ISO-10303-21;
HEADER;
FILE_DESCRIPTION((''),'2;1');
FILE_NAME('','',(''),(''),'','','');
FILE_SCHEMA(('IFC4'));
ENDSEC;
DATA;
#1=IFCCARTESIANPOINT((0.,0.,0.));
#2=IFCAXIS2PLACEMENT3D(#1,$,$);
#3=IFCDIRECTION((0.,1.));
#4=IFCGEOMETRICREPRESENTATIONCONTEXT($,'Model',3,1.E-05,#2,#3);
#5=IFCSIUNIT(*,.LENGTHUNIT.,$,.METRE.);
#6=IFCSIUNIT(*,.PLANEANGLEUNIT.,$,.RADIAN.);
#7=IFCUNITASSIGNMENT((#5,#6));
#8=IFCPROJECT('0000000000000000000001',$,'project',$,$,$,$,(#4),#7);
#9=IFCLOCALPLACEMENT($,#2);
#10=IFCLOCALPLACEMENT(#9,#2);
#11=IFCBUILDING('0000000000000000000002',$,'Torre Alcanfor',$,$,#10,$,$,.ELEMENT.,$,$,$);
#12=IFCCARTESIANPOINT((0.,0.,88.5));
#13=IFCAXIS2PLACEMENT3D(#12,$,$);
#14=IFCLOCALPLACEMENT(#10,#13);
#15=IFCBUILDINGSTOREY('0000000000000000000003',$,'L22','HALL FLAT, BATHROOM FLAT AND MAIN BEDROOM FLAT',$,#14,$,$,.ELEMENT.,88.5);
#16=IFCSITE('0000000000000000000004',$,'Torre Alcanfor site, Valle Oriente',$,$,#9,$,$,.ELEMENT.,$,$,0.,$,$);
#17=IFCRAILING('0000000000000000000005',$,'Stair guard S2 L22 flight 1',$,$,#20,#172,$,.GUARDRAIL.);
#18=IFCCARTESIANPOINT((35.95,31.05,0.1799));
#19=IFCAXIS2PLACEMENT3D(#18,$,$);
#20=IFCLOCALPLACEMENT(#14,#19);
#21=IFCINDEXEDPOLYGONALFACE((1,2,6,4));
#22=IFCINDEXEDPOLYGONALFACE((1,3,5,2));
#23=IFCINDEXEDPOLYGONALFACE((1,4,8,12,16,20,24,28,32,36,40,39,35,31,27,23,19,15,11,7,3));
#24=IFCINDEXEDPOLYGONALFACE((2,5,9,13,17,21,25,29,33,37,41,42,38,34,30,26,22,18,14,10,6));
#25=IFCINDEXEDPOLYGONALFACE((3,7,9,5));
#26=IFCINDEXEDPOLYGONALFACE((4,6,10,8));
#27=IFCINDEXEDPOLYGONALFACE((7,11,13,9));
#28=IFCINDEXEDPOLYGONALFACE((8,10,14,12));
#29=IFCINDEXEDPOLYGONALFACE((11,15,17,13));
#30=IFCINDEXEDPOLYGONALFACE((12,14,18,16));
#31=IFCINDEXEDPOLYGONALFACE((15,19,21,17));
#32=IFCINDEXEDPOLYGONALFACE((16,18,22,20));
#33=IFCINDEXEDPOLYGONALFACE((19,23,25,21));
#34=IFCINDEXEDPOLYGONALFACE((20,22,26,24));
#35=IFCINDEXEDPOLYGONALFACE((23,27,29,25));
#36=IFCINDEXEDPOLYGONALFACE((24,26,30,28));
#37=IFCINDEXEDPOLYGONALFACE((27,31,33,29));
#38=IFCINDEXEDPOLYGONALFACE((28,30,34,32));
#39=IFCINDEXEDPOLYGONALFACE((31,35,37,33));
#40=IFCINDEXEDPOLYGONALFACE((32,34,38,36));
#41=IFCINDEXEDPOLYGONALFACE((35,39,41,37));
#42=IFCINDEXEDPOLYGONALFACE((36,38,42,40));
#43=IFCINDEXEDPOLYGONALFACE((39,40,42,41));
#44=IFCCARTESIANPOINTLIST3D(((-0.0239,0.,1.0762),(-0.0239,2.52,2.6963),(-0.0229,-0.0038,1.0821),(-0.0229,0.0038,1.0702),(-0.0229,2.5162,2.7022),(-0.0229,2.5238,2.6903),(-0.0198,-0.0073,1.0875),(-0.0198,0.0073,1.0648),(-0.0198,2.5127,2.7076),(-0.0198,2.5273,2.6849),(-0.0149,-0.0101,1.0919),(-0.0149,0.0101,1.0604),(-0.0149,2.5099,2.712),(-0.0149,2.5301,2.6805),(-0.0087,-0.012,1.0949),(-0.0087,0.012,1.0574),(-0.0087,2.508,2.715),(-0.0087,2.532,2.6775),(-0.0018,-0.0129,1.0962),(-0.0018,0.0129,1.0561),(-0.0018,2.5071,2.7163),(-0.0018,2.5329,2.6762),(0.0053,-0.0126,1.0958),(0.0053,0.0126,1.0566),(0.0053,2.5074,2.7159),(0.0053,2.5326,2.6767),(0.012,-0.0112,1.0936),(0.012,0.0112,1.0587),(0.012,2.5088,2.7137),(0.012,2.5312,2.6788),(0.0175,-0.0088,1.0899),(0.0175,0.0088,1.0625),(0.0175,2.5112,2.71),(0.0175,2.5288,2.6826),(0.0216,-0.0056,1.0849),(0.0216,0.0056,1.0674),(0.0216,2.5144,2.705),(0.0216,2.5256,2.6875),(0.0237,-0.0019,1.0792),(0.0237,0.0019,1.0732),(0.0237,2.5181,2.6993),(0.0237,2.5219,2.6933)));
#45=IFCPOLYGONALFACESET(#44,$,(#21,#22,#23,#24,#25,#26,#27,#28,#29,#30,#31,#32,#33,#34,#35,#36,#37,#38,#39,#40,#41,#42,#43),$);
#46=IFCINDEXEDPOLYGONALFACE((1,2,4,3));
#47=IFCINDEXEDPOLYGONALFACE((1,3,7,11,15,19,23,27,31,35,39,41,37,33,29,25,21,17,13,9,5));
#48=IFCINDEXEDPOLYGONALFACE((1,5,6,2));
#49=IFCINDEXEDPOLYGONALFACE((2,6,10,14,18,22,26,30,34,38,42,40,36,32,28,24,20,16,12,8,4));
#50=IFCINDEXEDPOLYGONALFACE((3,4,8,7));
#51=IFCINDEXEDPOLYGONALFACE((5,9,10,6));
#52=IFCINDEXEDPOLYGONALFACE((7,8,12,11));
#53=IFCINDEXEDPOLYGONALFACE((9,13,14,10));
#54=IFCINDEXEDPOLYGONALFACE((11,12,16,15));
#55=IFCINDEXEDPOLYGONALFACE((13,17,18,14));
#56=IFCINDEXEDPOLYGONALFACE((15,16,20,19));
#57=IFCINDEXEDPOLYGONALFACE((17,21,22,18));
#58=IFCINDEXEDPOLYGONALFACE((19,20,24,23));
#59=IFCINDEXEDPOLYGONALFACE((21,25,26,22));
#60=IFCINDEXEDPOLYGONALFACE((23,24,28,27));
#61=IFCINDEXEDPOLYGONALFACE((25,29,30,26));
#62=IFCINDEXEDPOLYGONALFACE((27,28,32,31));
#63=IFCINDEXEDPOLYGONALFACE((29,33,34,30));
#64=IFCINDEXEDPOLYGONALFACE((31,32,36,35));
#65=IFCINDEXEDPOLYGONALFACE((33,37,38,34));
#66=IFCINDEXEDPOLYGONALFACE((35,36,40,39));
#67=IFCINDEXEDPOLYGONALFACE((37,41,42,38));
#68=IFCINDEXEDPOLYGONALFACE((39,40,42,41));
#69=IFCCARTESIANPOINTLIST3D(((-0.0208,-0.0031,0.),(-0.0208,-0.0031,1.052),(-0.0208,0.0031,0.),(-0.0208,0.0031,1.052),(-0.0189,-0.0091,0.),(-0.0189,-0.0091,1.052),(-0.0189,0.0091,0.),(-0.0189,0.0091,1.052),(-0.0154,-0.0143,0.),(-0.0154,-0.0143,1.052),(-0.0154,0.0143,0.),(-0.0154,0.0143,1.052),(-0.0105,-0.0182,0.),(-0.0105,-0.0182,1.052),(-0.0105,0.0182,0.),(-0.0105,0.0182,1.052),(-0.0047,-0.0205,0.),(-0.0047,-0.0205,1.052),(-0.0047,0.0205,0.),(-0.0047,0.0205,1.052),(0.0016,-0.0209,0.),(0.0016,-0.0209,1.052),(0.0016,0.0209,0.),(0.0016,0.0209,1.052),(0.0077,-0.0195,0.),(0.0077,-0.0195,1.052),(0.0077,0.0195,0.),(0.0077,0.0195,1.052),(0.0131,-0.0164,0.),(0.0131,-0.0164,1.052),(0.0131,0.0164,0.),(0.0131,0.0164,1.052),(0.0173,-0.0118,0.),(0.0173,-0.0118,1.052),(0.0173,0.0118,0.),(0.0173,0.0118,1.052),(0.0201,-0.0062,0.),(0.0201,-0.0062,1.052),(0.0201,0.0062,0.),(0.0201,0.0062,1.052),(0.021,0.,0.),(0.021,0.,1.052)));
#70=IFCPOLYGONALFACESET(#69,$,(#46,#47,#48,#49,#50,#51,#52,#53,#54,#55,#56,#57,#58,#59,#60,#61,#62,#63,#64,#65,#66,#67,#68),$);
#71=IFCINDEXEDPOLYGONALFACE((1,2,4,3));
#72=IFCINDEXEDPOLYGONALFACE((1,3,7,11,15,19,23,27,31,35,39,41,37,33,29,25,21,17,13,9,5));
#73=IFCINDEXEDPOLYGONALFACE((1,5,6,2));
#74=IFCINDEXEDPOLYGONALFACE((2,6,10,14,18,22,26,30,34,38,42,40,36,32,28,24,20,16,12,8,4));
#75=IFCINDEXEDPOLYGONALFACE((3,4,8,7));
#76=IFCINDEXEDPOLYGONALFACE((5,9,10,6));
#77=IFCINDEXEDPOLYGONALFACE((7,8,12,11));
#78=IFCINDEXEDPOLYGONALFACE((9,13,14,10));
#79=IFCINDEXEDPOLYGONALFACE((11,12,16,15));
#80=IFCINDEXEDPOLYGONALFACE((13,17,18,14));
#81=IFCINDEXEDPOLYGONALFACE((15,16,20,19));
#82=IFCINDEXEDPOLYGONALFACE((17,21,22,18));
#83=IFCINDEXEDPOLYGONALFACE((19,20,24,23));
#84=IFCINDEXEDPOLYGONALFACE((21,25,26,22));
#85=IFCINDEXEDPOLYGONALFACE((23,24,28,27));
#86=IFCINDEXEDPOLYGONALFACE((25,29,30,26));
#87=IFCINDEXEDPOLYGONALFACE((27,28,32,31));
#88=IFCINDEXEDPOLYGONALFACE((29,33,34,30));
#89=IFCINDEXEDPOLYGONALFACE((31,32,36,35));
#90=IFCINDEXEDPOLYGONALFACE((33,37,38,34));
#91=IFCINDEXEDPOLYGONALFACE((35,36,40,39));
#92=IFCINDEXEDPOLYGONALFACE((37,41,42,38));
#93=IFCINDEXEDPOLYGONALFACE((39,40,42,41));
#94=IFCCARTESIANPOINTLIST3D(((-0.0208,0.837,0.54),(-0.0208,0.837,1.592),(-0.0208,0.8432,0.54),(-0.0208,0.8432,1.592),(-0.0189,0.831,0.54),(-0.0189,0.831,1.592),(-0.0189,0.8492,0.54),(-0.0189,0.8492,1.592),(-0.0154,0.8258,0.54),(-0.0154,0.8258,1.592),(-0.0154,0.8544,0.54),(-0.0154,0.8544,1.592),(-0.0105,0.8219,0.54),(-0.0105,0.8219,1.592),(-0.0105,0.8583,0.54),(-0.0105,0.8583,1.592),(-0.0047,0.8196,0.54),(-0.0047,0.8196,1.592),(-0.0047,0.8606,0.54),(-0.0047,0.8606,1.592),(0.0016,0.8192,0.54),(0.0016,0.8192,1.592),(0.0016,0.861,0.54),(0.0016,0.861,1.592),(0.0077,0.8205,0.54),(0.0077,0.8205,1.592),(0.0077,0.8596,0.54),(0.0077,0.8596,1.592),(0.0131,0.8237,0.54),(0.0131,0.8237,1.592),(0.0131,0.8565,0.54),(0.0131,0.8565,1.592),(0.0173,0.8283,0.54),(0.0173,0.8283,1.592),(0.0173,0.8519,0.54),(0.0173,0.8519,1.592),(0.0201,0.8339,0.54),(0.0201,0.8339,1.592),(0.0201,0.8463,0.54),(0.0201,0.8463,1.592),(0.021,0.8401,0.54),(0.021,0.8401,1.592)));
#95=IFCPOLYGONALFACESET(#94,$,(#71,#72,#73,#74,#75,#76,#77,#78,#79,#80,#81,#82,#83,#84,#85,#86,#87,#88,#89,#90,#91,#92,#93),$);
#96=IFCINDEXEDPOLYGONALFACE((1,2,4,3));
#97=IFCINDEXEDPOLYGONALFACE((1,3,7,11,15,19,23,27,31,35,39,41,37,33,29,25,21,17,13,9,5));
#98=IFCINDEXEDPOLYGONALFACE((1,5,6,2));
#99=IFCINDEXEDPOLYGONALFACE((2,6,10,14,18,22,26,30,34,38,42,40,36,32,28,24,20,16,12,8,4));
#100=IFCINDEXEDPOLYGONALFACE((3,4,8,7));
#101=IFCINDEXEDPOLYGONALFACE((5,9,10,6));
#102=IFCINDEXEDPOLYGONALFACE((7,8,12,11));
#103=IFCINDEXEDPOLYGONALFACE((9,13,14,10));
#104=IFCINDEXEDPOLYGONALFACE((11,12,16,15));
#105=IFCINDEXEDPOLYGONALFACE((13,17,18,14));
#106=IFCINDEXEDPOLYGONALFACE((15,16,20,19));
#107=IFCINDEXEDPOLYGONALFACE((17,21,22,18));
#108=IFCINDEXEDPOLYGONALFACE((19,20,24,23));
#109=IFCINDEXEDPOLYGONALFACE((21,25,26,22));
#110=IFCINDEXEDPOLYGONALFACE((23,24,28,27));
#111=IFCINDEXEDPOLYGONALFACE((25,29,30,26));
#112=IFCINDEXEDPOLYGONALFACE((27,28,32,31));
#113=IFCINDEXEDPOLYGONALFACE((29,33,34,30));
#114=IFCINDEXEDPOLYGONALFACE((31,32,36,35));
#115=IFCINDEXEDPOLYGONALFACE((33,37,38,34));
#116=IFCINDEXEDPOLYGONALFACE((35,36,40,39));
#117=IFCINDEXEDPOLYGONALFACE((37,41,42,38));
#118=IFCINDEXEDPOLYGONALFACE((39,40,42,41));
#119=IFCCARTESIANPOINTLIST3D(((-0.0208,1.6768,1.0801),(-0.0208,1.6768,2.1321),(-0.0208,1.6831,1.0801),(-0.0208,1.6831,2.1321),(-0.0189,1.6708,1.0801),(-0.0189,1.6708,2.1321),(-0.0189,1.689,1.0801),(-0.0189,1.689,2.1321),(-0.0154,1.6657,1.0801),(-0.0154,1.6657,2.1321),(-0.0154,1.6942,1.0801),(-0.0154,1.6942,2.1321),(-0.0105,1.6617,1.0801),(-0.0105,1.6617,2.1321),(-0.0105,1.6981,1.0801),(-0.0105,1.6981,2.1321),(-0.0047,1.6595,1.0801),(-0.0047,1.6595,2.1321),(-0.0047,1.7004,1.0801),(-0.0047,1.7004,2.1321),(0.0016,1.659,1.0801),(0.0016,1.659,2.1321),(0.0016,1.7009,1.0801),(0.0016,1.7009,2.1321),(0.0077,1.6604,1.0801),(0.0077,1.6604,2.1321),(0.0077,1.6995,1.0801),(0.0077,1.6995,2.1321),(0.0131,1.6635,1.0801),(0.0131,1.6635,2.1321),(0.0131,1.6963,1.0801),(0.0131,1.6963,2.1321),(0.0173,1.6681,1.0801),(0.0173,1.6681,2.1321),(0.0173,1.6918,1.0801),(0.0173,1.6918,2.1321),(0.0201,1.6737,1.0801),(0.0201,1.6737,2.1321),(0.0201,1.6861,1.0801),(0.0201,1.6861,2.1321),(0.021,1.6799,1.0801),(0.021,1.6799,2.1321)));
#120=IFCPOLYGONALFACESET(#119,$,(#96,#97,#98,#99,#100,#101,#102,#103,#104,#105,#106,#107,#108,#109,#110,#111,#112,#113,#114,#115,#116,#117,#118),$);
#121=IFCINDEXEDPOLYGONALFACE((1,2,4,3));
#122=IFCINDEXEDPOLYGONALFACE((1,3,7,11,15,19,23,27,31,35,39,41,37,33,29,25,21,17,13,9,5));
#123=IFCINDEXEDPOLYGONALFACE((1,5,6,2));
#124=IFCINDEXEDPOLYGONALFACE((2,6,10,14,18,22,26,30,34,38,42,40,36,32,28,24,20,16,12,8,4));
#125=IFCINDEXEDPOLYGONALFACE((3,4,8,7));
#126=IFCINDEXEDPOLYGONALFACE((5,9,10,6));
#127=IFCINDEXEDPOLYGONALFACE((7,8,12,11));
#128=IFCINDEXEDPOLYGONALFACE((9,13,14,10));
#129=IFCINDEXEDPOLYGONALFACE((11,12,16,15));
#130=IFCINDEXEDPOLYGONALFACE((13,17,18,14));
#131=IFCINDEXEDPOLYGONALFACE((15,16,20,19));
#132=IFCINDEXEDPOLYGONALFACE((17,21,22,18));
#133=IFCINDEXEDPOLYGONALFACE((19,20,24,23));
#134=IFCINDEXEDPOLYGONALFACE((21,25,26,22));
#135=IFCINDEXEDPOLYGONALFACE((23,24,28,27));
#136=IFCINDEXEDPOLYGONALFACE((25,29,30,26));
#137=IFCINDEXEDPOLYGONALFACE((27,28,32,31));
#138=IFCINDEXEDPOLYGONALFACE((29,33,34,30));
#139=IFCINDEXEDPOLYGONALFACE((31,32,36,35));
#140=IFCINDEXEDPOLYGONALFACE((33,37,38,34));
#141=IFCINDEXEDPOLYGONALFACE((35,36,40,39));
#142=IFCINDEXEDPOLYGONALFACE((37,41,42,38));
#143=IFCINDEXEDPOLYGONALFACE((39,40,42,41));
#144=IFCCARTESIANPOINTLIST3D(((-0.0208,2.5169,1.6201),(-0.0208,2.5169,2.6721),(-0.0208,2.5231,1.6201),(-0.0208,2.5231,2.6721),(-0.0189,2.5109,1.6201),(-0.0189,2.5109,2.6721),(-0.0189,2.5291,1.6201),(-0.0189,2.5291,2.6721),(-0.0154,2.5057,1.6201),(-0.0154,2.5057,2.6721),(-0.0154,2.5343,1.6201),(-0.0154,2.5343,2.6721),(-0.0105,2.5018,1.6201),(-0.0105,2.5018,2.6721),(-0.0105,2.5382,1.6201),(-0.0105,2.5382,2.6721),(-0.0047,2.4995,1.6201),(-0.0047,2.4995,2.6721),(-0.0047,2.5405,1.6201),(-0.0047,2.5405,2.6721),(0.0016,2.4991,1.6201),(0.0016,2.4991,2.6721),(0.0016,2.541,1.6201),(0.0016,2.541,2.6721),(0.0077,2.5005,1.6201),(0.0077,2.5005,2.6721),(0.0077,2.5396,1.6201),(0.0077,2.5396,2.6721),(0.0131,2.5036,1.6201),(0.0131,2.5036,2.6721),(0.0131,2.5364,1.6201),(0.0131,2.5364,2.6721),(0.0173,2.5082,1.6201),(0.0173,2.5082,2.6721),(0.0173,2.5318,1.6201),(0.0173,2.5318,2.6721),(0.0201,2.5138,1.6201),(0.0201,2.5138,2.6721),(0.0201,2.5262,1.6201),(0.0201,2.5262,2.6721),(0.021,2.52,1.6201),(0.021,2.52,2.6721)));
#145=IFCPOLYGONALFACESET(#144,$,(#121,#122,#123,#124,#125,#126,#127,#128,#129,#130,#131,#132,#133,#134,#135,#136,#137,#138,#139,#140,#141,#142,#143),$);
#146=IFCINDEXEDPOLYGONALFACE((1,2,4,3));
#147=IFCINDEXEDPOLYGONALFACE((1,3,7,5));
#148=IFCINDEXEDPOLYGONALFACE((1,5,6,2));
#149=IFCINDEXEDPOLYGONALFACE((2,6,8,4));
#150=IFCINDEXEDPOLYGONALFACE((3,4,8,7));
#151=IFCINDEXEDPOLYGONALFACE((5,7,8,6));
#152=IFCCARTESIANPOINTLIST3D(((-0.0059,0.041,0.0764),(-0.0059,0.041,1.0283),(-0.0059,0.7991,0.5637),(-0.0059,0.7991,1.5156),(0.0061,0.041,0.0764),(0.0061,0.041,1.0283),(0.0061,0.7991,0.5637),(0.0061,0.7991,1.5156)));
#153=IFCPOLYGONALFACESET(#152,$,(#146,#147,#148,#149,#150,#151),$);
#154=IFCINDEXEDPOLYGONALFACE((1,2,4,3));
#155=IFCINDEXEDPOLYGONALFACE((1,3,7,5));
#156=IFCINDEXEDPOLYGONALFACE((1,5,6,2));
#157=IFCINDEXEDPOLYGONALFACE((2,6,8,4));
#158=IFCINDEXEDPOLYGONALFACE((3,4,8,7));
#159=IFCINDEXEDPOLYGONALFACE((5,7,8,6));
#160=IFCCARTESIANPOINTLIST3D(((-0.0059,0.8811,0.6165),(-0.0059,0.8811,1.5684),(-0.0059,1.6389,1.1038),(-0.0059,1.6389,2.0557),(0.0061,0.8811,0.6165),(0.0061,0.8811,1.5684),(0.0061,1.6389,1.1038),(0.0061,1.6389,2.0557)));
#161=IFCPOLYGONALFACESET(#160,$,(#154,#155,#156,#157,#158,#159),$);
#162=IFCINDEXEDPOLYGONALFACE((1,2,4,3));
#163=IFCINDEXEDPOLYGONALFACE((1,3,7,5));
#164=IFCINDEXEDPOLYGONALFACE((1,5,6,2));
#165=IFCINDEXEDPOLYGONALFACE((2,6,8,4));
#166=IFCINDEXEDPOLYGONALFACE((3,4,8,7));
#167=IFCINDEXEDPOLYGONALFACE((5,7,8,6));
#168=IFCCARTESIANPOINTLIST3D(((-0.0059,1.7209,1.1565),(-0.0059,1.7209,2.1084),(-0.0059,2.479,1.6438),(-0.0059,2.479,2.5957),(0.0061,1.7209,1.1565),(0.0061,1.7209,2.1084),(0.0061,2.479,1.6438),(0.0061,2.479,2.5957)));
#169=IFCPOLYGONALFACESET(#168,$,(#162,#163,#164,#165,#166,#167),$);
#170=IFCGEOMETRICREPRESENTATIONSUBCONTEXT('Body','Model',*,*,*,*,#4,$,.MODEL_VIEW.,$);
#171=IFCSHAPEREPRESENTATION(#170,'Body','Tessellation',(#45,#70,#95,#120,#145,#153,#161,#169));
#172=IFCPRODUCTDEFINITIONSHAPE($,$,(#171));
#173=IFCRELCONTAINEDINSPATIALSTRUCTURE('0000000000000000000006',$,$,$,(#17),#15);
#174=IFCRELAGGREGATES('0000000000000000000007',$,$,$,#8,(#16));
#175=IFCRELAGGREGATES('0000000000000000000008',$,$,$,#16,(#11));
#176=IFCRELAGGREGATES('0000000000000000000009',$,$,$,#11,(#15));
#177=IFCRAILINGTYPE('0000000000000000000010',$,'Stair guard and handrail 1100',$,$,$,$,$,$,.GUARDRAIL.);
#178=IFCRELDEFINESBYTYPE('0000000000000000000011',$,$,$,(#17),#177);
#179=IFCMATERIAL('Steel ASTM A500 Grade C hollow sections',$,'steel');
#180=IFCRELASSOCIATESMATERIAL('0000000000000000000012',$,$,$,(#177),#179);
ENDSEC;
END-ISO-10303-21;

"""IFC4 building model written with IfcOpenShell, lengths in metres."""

from ifc_helpers import new_model, si_unit, direction, frame, origin, origin_2d, place, context, subcontext, project, spatial, polyline, circle, outline, extrude, material, type_object, element, save


model = new_model("IFC4")

# Units and contexts
model_context = context("Model", 3, precision=1e-05, world=origin(), true_north=direction((0.0, 1.0)))
body_context = subcontext(model_context, "Body", "Model", "MODEL_VIEW")
ifc_project = project(units=[si_unit("LENGTHUNIT", "METRE"), si_unit("PLANEANGLEUNIT", "RADIAN")], contexts=[model_context])

# Site, building, storey
site_placement = place(None, origin())
site = spatial("IfcSite", under=ifc_project, at=site_placement, Name="Torre Alcanfor site, Valle Oriente", CompositionType="ELEMENT", RefElevation=0.0)
building_placement = place(site_placement, origin())
building = spatial("IfcBuilding", under=site, at=building_placement, Name="Torre Alcanfor", CompositionType="ELEMENT")
storey_placement = place(building_placement, frame((0.0, 0.0, 88.5)))
storey = spatial("IfcBuildingStorey", under=building, at=storey_placement, Name="L22", Description="HALL FLAT, BATHROOM FLAT AND MAIN BEDROOM FLAT", CompositionType="ELEMENT", Elevation=88.5)

# Railing
ifc_material_1 = material(Name="Steel ASTM A500 Grade C hollow sections", Category="steel")
railing_type_1 = type_object("IfcRailingType", Name="Stair guard and handrail 1100", PredefinedType="GUARDRAIL", material=ifc_material_1)
railing_1_placement = place(storey_placement, frame((35.95, 31.05, 0.1799)))
element("IfcRailing", 1, at=railing_1_placement, inside=storey, type_object=railing_type_1, Name="Stair guard S2 L22 flight 1", PredefinedType="GUARDRAIL", context=body_context, shape_type="SweptSolid", body=[
    extrude(circle(Radius=0.0239, at=origin_2d()), frame((0.0, 0.0, 1.0762), z_axis=(0.0, 0.841163, 0.540782), x_axis=(-1.0, 0.0, 0.0)), (0.0, 0.0, 1.0), 2.9958),
    extrude(circle(Radius=0.021, at=origin_2d()), origin(), (0.0, 0.0, 1.0), 1.052),
    extrude(circle(Radius=0.021, at=origin_2d()), frame((0.0, 0.8401, 0.54)), (0.0, 0.0, 1.0), 1.052),
    extrude(circle(Radius=0.021, at=origin_2d()), frame((0.0, 1.6799, 1.0801)), (0.0, 0.0, 1.0), 1.052),
    extrude(circle(Radius=0.021, at=origin_2d()), frame((0.0, 2.52, 1.6201)), (0.0, 0.0, 1.0), 1.052),
    extrude(outline(polyline([(0.041, 0.0764), (0.7991, 0.5637), (0.7991, 1.5156), (0.041, 1.0283), (0.041, 0.0764)])), frame((-0.0059, 0.0, 0.0), z_axis=(1.0, 0.0, 0.0), x_axis=(0.0, 1.0, 0.0)), (0.0, 0.0, 1.0), 0.012),
    extrude(outline(polyline([(0.8811, 0.6165), (1.6389, 1.1038), (1.6389, 2.0557), (0.8811, 1.5684), (0.8811, 0.6165)])), frame((-0.0059, 0.0, 0.0), z_axis=(1.0, 0.0, 0.0), x_axis=(0.0, 1.0, 0.0)), (0.0, 0.0, 1.0), 0.012),
    extrude(outline(polyline([(1.7209, 1.1565), (2.479, 1.6438), (2.479, 2.5957), (1.7209, 2.1084), (1.7209, 1.1565)])), frame((-0.0059, 0.0, 0.0), z_axis=(1.0, 0.0, 0.0), x_axis=(0.0, 1.0, 0.0)), (0.0, 0.0, 1.0), 0.012),
])

save(model, "model.ifc")
